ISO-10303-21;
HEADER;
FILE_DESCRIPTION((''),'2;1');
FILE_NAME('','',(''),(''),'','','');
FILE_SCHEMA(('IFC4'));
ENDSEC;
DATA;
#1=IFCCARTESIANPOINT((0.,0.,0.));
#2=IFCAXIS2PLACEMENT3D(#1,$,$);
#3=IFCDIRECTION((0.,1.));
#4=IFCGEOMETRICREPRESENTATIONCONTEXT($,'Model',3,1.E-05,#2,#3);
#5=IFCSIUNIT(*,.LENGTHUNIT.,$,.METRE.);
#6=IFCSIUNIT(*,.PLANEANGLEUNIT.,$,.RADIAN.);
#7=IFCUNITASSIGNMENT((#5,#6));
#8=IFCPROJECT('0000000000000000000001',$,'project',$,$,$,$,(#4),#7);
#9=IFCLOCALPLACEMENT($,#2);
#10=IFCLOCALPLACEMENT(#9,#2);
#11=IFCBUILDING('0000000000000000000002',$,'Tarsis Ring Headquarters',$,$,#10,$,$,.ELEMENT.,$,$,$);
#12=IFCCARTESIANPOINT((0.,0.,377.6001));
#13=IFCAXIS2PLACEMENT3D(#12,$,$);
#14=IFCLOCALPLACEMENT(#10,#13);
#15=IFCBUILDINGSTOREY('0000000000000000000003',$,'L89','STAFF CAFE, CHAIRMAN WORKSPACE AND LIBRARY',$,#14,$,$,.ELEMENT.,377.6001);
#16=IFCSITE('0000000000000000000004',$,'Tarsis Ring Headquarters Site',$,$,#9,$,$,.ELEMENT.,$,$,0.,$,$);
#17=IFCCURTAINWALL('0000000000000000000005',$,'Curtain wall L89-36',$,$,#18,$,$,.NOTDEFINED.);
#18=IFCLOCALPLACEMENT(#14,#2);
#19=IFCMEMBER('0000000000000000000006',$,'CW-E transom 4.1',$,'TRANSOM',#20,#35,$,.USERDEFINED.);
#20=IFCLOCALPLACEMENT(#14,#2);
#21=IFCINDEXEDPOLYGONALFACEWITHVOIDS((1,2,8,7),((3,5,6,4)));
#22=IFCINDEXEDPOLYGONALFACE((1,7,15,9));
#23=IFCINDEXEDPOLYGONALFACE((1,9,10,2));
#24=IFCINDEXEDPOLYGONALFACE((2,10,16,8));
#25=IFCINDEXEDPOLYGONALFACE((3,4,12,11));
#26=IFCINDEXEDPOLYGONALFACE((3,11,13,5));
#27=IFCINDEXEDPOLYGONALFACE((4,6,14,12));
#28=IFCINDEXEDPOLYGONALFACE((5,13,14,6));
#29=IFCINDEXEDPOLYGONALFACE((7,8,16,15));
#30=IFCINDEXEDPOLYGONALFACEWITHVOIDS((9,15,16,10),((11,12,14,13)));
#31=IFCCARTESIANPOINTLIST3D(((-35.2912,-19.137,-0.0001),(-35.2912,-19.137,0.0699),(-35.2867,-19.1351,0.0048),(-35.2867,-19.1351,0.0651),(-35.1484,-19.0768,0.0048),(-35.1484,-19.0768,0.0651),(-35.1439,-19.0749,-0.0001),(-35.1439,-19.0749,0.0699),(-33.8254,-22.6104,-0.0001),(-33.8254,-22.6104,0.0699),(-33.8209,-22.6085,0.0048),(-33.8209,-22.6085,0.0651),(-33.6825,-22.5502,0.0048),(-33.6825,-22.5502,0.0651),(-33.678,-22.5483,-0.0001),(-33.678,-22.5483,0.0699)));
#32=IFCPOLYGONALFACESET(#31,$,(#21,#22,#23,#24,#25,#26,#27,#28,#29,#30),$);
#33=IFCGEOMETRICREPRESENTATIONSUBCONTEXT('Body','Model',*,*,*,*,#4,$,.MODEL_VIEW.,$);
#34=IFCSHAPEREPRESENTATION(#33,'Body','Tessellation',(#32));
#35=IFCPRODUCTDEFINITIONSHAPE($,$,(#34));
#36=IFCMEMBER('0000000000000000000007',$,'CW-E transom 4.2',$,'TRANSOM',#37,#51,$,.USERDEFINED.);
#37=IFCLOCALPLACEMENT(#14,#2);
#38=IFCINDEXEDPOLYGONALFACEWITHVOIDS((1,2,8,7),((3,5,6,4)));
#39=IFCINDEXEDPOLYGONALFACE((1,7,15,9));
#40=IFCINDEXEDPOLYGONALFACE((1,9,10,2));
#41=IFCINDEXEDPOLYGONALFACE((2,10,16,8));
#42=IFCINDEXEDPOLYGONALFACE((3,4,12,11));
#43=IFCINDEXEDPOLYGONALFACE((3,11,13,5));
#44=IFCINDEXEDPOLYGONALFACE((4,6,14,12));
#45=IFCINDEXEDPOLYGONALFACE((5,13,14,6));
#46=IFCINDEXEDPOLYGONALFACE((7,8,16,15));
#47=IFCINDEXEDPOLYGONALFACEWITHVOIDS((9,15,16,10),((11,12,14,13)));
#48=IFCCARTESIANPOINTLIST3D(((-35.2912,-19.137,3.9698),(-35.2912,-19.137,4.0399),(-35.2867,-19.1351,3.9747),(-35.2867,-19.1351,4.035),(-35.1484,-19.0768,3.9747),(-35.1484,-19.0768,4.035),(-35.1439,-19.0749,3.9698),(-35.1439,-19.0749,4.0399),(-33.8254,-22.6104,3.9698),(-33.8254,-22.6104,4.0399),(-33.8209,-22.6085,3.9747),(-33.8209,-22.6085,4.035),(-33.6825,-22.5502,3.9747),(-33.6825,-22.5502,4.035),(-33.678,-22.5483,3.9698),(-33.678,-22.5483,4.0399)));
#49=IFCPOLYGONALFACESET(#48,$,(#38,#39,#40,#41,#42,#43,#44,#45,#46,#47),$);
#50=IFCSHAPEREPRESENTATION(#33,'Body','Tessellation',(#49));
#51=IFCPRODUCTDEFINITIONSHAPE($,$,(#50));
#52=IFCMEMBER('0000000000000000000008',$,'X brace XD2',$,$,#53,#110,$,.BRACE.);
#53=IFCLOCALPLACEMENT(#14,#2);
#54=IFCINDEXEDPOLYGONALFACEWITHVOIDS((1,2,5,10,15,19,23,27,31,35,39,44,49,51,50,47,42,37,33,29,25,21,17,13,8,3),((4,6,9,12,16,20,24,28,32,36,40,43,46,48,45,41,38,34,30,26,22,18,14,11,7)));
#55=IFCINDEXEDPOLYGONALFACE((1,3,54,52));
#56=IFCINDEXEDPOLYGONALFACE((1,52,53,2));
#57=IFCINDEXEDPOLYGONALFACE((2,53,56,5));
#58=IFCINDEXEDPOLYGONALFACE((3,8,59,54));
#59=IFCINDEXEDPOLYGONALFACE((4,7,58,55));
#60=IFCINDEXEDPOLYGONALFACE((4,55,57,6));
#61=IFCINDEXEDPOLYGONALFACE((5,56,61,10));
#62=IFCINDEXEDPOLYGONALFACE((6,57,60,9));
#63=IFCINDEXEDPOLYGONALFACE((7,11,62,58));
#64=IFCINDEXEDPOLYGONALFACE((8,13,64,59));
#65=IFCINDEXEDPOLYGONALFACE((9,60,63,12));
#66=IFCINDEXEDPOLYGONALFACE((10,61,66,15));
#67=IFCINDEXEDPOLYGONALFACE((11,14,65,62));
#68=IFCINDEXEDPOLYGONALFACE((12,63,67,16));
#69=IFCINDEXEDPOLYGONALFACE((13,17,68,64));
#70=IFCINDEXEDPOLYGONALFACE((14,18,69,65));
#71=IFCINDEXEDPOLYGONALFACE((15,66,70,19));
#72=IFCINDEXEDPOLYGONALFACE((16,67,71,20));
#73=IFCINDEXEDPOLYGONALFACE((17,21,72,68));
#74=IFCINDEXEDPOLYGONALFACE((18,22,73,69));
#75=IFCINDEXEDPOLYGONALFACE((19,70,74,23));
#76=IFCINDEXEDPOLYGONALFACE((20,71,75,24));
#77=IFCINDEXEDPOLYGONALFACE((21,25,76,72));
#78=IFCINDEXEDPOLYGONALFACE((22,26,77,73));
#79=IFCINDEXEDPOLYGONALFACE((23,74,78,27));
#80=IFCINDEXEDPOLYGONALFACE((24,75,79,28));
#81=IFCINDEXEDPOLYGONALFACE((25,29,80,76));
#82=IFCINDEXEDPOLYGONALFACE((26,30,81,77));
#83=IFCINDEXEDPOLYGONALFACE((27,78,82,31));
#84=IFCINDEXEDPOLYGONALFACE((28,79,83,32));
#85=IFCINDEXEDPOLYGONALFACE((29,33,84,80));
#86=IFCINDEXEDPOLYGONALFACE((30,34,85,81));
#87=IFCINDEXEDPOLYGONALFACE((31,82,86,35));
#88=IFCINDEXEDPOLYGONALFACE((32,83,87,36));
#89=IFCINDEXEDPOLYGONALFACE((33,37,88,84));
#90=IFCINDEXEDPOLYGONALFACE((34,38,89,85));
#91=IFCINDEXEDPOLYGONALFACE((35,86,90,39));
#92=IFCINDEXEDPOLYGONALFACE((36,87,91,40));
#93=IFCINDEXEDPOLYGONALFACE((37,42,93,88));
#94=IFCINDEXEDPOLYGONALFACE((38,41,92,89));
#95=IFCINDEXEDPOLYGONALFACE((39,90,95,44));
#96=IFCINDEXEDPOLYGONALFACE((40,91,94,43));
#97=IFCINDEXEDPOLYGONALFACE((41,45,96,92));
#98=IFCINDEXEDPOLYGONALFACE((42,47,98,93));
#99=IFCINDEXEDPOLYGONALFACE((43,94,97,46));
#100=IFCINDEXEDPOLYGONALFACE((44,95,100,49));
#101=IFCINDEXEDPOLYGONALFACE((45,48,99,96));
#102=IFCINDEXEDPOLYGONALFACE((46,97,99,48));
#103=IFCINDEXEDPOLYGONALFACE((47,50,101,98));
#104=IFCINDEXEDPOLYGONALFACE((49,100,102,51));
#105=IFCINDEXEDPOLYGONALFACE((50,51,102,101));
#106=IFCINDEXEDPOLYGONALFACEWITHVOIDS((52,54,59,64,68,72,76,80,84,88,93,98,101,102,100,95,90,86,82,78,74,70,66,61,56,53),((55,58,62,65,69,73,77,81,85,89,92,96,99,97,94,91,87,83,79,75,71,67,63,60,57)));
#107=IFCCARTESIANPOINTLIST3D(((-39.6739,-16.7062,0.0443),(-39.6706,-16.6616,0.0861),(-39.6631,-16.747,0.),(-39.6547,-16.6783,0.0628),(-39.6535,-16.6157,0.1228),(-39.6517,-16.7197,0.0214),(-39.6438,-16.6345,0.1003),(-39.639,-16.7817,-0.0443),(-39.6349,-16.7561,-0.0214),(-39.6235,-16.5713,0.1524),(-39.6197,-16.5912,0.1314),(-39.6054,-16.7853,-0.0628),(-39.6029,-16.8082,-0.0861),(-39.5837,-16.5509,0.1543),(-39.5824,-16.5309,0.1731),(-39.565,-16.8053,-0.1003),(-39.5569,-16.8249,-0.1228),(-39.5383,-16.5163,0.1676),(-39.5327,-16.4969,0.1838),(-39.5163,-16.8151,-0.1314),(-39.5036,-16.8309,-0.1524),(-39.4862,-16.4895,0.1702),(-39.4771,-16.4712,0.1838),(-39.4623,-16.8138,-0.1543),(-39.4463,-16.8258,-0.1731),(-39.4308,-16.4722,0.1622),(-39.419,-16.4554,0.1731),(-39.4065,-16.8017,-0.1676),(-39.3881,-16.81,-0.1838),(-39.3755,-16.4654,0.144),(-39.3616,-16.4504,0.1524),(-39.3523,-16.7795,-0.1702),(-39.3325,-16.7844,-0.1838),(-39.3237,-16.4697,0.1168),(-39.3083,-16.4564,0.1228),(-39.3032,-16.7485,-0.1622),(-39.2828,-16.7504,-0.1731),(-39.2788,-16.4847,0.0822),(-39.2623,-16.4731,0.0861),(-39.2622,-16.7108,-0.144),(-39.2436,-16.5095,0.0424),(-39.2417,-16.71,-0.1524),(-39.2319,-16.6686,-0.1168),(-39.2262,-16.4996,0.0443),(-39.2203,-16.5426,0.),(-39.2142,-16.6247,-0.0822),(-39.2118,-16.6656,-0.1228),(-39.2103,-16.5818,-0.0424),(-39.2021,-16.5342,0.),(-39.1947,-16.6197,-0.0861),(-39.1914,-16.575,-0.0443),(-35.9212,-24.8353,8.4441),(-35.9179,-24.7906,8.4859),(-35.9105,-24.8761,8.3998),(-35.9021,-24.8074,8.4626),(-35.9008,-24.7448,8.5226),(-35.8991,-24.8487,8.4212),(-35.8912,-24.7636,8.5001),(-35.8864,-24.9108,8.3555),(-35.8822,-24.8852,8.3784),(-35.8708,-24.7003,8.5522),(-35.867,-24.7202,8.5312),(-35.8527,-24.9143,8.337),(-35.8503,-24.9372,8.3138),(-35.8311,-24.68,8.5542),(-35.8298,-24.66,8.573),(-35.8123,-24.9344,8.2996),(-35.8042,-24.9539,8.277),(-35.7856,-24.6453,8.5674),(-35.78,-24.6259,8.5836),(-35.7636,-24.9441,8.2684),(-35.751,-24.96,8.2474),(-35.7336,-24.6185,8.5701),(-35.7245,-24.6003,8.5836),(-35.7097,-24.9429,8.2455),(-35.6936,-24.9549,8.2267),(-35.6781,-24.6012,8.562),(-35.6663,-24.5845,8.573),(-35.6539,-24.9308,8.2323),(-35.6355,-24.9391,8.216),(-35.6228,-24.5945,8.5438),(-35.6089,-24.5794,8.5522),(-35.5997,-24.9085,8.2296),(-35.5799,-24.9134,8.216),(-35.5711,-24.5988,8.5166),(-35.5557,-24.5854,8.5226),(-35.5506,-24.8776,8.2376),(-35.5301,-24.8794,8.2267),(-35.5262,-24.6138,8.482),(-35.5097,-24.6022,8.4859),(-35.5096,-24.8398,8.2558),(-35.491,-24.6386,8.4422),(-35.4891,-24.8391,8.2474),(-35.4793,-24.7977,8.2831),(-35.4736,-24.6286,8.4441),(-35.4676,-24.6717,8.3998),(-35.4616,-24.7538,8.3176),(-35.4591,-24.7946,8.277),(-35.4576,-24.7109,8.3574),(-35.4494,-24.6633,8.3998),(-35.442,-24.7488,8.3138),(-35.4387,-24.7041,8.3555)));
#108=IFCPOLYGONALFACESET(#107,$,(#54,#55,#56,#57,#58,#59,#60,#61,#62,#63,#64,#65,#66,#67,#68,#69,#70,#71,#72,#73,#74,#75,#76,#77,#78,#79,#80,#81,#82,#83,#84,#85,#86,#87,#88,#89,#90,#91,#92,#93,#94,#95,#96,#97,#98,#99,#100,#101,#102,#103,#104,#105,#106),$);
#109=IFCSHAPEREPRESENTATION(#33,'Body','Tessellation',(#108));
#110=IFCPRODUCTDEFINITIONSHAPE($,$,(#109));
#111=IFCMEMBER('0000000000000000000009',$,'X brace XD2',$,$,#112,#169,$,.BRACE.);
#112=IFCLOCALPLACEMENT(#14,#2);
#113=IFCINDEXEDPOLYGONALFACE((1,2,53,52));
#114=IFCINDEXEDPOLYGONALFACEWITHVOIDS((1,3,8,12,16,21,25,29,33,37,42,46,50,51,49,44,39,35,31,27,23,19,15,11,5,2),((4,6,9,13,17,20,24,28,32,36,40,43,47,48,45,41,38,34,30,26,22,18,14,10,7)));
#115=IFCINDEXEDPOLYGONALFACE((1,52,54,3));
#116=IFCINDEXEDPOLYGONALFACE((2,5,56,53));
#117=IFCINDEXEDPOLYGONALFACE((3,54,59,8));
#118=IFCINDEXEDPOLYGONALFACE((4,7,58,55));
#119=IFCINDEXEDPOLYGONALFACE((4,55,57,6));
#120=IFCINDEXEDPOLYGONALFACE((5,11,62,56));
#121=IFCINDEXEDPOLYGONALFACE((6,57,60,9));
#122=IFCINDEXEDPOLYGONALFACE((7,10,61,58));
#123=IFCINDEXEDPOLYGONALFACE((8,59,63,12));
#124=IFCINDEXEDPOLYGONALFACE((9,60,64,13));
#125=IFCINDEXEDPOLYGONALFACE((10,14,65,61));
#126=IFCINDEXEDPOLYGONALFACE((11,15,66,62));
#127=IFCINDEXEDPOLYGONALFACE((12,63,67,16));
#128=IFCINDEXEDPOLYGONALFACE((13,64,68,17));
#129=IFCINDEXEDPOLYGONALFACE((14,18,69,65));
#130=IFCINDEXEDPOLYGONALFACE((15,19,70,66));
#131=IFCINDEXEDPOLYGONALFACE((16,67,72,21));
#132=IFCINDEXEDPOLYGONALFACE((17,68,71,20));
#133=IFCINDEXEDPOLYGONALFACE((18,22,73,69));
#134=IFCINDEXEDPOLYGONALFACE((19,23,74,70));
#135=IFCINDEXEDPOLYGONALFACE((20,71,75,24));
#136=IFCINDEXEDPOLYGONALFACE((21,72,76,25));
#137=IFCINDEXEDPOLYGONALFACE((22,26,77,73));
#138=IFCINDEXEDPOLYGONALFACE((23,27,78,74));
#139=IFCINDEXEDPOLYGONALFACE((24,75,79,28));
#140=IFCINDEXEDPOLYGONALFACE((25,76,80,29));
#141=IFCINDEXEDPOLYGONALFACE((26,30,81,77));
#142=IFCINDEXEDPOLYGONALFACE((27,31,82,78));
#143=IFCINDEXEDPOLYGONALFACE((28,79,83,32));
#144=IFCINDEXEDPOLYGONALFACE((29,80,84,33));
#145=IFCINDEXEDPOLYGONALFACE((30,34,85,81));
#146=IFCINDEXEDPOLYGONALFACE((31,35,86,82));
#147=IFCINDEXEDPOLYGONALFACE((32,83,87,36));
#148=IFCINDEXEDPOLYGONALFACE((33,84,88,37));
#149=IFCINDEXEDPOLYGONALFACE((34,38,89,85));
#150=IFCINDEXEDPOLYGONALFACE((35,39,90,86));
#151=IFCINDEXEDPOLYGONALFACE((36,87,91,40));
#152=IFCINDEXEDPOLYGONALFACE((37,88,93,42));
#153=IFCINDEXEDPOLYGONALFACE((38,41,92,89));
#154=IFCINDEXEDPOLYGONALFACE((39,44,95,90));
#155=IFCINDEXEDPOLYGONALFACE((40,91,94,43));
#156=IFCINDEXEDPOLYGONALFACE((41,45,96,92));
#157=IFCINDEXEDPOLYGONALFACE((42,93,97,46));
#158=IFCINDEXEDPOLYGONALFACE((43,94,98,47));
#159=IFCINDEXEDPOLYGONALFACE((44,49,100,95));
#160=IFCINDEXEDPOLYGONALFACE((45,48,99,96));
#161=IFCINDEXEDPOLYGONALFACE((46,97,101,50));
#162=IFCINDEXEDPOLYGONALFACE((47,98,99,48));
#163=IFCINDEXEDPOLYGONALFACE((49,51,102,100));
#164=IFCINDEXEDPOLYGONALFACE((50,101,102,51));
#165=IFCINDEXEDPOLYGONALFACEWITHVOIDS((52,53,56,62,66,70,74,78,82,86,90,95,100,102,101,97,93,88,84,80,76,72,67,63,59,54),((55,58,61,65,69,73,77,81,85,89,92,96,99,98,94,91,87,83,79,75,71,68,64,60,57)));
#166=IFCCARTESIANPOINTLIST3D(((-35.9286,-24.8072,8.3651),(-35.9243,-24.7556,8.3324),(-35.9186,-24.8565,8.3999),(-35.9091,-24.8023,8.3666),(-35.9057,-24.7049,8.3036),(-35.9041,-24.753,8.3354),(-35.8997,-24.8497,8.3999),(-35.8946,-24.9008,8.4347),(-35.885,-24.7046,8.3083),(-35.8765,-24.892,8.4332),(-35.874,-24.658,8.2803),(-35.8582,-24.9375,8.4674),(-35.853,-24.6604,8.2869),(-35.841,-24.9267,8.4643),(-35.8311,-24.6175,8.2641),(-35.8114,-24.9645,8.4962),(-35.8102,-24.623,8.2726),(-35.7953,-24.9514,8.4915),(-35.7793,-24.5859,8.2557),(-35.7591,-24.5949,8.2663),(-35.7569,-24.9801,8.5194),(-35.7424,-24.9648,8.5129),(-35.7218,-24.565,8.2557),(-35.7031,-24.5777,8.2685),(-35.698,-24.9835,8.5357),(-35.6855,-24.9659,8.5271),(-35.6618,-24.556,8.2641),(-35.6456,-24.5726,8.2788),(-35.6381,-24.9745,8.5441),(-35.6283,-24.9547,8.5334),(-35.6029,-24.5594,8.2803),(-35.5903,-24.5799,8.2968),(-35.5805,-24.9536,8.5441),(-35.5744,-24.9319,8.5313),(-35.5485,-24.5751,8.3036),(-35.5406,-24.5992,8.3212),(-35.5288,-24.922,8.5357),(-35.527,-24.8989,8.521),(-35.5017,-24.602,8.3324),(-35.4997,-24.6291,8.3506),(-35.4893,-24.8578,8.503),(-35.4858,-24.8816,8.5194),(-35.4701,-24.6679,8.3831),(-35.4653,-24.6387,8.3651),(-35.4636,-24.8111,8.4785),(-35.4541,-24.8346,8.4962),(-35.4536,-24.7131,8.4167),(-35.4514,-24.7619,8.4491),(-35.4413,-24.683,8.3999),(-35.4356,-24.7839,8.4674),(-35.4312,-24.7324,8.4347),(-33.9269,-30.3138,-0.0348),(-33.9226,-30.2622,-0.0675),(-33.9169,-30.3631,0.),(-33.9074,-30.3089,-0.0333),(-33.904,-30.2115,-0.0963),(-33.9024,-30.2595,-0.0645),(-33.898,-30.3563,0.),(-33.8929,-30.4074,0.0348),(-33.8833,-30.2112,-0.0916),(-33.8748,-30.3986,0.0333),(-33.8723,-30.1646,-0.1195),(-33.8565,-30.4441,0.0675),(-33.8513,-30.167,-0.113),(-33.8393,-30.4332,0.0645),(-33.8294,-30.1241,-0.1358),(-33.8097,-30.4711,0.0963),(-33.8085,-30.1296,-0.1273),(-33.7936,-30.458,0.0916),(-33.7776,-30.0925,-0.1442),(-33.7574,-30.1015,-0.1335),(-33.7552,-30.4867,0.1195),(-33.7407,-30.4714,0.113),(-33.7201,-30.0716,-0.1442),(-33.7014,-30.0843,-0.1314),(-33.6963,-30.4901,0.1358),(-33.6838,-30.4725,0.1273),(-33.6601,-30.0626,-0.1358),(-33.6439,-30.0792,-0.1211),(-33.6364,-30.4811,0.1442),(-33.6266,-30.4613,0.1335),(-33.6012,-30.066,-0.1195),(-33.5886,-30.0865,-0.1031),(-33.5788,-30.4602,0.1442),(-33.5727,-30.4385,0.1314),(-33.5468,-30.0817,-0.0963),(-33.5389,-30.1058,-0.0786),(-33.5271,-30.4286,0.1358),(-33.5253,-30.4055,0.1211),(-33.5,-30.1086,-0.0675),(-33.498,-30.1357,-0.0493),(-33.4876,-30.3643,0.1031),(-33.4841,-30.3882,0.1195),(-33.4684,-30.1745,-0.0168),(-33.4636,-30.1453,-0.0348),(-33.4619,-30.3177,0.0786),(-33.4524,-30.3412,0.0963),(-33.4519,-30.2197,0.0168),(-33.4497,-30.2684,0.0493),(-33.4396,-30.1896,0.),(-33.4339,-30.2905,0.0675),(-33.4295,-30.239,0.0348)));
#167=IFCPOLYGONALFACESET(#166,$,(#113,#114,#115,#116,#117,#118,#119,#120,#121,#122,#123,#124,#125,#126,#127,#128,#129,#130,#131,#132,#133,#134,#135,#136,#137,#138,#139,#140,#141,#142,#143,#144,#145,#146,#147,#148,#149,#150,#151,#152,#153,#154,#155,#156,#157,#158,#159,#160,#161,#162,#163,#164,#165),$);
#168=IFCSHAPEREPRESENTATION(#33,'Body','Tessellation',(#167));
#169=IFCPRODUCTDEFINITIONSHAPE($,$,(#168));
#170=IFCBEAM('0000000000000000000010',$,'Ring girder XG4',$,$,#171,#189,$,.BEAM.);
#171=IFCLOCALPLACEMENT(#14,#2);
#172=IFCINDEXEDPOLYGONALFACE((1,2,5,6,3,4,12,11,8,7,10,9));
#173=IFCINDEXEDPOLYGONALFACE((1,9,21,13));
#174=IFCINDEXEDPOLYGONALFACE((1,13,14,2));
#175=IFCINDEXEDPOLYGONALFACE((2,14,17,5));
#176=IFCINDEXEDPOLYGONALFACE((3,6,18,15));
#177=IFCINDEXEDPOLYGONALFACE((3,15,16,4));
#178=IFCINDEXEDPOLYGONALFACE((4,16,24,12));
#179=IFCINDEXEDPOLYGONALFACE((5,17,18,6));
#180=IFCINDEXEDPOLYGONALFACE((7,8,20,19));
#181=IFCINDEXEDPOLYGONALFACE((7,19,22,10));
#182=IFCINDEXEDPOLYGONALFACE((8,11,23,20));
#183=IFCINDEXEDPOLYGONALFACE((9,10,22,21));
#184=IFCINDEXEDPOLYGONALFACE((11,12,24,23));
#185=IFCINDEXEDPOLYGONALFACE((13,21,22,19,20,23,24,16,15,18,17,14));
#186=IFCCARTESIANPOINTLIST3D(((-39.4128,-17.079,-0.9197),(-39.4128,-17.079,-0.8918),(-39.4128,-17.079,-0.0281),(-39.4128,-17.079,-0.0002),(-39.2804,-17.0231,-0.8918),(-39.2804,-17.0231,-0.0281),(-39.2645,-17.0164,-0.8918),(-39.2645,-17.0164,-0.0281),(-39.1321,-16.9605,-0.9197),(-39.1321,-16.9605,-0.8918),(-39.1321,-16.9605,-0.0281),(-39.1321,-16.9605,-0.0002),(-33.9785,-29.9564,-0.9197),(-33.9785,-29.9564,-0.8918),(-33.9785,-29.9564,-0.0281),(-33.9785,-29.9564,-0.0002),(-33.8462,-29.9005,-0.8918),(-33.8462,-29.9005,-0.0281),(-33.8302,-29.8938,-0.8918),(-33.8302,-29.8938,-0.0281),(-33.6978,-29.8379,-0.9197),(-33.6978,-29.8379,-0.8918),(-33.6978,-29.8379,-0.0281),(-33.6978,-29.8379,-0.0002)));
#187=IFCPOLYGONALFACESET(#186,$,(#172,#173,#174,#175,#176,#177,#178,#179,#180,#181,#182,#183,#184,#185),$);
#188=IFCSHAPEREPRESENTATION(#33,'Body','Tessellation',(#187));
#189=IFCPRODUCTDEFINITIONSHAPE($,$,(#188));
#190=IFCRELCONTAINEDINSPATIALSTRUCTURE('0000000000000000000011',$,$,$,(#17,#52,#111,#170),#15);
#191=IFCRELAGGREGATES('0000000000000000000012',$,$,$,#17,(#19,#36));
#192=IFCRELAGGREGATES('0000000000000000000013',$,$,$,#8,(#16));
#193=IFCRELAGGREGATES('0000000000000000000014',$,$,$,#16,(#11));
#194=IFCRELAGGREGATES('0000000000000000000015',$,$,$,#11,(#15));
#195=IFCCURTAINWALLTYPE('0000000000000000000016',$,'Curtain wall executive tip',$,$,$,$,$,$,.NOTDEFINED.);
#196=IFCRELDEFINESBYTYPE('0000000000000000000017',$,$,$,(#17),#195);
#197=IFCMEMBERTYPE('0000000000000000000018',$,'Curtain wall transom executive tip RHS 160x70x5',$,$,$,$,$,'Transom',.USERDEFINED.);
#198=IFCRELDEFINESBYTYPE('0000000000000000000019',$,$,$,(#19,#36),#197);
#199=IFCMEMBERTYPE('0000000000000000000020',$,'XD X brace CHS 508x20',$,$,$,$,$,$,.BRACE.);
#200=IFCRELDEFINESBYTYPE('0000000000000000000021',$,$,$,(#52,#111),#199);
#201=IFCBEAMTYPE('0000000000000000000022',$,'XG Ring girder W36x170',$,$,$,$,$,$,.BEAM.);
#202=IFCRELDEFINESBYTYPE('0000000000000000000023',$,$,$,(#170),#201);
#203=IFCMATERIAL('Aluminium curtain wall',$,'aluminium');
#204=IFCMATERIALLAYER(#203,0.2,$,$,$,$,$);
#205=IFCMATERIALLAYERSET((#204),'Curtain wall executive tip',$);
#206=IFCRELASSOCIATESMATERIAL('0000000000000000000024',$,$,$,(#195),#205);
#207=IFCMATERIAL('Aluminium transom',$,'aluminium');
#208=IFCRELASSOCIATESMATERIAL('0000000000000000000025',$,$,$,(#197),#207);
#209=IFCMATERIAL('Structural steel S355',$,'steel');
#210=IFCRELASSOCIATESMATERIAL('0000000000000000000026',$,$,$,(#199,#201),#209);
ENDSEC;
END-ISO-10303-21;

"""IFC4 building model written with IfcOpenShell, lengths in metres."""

from ifc_helpers import new_model, si_unit, direction, frame, origin, origin_2d, place, context, subcontext, project, spatial, hollow_rectangle, hollow_circle, i_section, extrude, material, layer, layer_set, material_profile, profile_set, type_object, element, aggregate, save


model = new_model("IFC4")

# Units and contexts
model_context = context("Model", 3, precision=1e-05, world=origin(), true_north=direction((0.0, 1.0)))
body_context = subcontext(model_context, "Body", "Model", "MODEL_VIEW")
ifc_project = project(units=[si_unit("LENGTHUNIT", "METRE"), si_unit("PLANEANGLEUNIT", "RADIAN")], contexts=[model_context])

# Site, building, storey
site_placement = place(None, origin())
site = spatial("IfcSite", under=ifc_project, at=site_placement, Name="Tarsis Ring Headquarters Site", CompositionType="ELEMENT", RefElevation=0.0)
building_placement = place(site_placement, origin())
building = spatial("IfcBuilding", under=site, at=building_placement, Name="Tarsis Ring Headquarters", CompositionType="ELEMENT")
storey_placement = place(building_placement, frame((0.0, 0.0, 377.6001)))
storey = spatial("IfcBuildingStorey", under=building, at=storey_placement, Name="L89", Description="STAFF CAFE, CHAIRMAN WORKSPACE AND LIBRARY", CompositionType="ELEMENT", Elevation=377.6001)

# Shared definitions
ifc_material_1 = material(Name="Structural steel S355", Category="steel")

# Curtain wall, members
ifc_material_2 = material(Name="Aluminium curtain wall", Category="aluminium")
ifc_layer_1 = layer(ifc_material_2, 0.2)
ifc_layer_set_1 = layer_set([ifc_layer_1], Name="Curtain wall executive tip")
curtain_wall_type = type_object("IfcCurtainWallType", Name="Curtain wall executive tip", PredefinedType="NOTDEFINED", material=ifc_layer_set_1)
curtain_wall_placement = place(storey_placement, origin())
curtain_wall = element("IfcCurtainWall", 1, at=curtain_wall_placement, inside=storey, type_object=curtain_wall_type, Name="Curtain wall L89-36", PredefinedType="NOTDEFINED")
ifc_material_3 = material(Name="Aluminium transom", Category="aluminium")
ifc_material_profile_1 = material_profile(ifc_material_3, hollow_rectangle(XDim=0.1599, YDim=0.0701, WallThickness=0.0049, at=origin_2d()), Name="RHS 160x70x5")
ifc_profile_set_1 = profile_set([ifc_material_profile_1], Name="Aluminium transom")
member_type_1 = type_object("IfcMemberType", Name="Curtain wall transom executive tip RHS 160x70x5", ElementType="Transom", PredefinedType="USERDEFINED", material=ifc_profile_set_1)
member_1_placement = place(storey_placement, frame((-35.2175, -19.106, 0.0349), z_axis=(0.38881, -0.921318, 0.0), x_axis=(0.921318, 0.38881, 0.0)))
member_1 = element("IfcMember", 2, at=member_1_placement, type_object=member_type_1, Name="CW-E transom 4.1", ObjectType="TRANSOM", PredefinedType="USERDEFINED", context=body_context, shape_type="SweptSolid", body=[
    extrude(hollow_rectangle(XDim=0.1599, YDim=0.0701, WallThickness=0.0049, at=origin_2d()), origin(), (0.0, 0.0, 1.0), 3.77),
])
member_2_placement = place(storey_placement, frame((-35.2175, -19.106, 4.0049), z_axis=(0.38881, -0.921318, 0.0), x_axis=(0.921318, 0.38881, 0.0)))
member_2 = element("IfcMember", 3, at=member_2_placement, type_object=member_type_1, Name="CW-E transom 4.2", ObjectType="TRANSOM", PredefinedType="USERDEFINED", context=body_context, shape_type="SweptSolid", body=[
    extrude(hollow_rectangle(XDim=0.1599, YDim=0.0701, WallThickness=0.0049, at=origin_2d()), origin(), (0.0, 0.0, 1.0), 3.77),
])

# Members
ifc_material_profile_2 = material_profile(ifc_material_1, hollow_circle(Radius=0.2539, WallThickness=0.02, at=origin_2d()), Name="CHS 508x20")
ifc_profile_set_2 = profile_set([ifc_material_profile_2], Name="Structural steel S355")
member_type_2 = type_object("IfcMemberType", Name="XD X brace CHS 508x20", PredefinedType="BRACE", material=ifc_profile_set_2)
member_3_placement = place(storey_placement, frame((-39.4326, -16.6406, 0.0), z_axis=(0.305669, -0.662146, 0.6842), x_axis=(0.907927, 0.419129, 0.0)))
element("IfcMember", 4, at=member_3_placement, inside=storey, type_object=member_type_2, Name="X brace XD2", PredefinedType="BRACE", context=body_context, shape_type="SweptSolid", body=[
    extrude(hollow_circle(Radius=0.2539, WallThickness=0.02, at=origin_2d()), origin(), (0.0, 0.0, 1.0), 12.2769),
])
member_4_placement = place(storey_placement, frame((-33.6782, -30.2764, 0.0), z_axis=(-0.195451, 0.537676, 0.820185), x_axis=(-0.939831, -0.341639, 0.0)))
element("IfcMember", 5, at=member_4_placement, inside=storey, type_object=member_type_2, Name="X brace XD2", PredefinedType="BRACE", context=body_context, shape_type="SweptSolid", body=[
    extrude(hollow_circle(Radius=0.2539, WallThickness=0.02, at=origin_2d()), origin(), (0.0, 0.0, 1.0), 10.2415),
])

# Beam
ifc_material_profile_3 = material_profile(ifc_material_1, i_section(OverallWidth=0.3047, OverallDepth=0.9194, WebThickness=0.0173, FlangeThickness=0.0278, at=origin_2d()), Name="W36x170")
ifc_profile_set_3 = profile_set([ifc_material_profile_3], Name="Structural steel S355")
beam_type = type_object("IfcBeamType", Name="XG Ring girder W36x170", PredefinedType="BEAM", material=ifc_profile_set_3)
beam_1_placement = place(storey_placement, frame((-39.2725, -17.0198, -0.46), z_axis=(0.388801, -0.921322, 0.0), x_axis=(0.921322, 0.388801, 0.0)))
element("IfcBeam", 6, at=beam_1_placement, inside=storey, type_object=beam_type, Name="Ring girder XG4", PredefinedType="BEAM", context=body_context, shape_type="SweptSolid", body=[
    extrude(i_section(OverallWidth=0.3047, OverallDepth=0.9194, WebThickness=0.0173, FlangeThickness=0.0278, at=origin_2d()), origin(), (0.0, 0.0, 1.0), 13.9771),
])

aggregate(curtain_wall, [member_1, member_2])

save(model, "model.ifc")
